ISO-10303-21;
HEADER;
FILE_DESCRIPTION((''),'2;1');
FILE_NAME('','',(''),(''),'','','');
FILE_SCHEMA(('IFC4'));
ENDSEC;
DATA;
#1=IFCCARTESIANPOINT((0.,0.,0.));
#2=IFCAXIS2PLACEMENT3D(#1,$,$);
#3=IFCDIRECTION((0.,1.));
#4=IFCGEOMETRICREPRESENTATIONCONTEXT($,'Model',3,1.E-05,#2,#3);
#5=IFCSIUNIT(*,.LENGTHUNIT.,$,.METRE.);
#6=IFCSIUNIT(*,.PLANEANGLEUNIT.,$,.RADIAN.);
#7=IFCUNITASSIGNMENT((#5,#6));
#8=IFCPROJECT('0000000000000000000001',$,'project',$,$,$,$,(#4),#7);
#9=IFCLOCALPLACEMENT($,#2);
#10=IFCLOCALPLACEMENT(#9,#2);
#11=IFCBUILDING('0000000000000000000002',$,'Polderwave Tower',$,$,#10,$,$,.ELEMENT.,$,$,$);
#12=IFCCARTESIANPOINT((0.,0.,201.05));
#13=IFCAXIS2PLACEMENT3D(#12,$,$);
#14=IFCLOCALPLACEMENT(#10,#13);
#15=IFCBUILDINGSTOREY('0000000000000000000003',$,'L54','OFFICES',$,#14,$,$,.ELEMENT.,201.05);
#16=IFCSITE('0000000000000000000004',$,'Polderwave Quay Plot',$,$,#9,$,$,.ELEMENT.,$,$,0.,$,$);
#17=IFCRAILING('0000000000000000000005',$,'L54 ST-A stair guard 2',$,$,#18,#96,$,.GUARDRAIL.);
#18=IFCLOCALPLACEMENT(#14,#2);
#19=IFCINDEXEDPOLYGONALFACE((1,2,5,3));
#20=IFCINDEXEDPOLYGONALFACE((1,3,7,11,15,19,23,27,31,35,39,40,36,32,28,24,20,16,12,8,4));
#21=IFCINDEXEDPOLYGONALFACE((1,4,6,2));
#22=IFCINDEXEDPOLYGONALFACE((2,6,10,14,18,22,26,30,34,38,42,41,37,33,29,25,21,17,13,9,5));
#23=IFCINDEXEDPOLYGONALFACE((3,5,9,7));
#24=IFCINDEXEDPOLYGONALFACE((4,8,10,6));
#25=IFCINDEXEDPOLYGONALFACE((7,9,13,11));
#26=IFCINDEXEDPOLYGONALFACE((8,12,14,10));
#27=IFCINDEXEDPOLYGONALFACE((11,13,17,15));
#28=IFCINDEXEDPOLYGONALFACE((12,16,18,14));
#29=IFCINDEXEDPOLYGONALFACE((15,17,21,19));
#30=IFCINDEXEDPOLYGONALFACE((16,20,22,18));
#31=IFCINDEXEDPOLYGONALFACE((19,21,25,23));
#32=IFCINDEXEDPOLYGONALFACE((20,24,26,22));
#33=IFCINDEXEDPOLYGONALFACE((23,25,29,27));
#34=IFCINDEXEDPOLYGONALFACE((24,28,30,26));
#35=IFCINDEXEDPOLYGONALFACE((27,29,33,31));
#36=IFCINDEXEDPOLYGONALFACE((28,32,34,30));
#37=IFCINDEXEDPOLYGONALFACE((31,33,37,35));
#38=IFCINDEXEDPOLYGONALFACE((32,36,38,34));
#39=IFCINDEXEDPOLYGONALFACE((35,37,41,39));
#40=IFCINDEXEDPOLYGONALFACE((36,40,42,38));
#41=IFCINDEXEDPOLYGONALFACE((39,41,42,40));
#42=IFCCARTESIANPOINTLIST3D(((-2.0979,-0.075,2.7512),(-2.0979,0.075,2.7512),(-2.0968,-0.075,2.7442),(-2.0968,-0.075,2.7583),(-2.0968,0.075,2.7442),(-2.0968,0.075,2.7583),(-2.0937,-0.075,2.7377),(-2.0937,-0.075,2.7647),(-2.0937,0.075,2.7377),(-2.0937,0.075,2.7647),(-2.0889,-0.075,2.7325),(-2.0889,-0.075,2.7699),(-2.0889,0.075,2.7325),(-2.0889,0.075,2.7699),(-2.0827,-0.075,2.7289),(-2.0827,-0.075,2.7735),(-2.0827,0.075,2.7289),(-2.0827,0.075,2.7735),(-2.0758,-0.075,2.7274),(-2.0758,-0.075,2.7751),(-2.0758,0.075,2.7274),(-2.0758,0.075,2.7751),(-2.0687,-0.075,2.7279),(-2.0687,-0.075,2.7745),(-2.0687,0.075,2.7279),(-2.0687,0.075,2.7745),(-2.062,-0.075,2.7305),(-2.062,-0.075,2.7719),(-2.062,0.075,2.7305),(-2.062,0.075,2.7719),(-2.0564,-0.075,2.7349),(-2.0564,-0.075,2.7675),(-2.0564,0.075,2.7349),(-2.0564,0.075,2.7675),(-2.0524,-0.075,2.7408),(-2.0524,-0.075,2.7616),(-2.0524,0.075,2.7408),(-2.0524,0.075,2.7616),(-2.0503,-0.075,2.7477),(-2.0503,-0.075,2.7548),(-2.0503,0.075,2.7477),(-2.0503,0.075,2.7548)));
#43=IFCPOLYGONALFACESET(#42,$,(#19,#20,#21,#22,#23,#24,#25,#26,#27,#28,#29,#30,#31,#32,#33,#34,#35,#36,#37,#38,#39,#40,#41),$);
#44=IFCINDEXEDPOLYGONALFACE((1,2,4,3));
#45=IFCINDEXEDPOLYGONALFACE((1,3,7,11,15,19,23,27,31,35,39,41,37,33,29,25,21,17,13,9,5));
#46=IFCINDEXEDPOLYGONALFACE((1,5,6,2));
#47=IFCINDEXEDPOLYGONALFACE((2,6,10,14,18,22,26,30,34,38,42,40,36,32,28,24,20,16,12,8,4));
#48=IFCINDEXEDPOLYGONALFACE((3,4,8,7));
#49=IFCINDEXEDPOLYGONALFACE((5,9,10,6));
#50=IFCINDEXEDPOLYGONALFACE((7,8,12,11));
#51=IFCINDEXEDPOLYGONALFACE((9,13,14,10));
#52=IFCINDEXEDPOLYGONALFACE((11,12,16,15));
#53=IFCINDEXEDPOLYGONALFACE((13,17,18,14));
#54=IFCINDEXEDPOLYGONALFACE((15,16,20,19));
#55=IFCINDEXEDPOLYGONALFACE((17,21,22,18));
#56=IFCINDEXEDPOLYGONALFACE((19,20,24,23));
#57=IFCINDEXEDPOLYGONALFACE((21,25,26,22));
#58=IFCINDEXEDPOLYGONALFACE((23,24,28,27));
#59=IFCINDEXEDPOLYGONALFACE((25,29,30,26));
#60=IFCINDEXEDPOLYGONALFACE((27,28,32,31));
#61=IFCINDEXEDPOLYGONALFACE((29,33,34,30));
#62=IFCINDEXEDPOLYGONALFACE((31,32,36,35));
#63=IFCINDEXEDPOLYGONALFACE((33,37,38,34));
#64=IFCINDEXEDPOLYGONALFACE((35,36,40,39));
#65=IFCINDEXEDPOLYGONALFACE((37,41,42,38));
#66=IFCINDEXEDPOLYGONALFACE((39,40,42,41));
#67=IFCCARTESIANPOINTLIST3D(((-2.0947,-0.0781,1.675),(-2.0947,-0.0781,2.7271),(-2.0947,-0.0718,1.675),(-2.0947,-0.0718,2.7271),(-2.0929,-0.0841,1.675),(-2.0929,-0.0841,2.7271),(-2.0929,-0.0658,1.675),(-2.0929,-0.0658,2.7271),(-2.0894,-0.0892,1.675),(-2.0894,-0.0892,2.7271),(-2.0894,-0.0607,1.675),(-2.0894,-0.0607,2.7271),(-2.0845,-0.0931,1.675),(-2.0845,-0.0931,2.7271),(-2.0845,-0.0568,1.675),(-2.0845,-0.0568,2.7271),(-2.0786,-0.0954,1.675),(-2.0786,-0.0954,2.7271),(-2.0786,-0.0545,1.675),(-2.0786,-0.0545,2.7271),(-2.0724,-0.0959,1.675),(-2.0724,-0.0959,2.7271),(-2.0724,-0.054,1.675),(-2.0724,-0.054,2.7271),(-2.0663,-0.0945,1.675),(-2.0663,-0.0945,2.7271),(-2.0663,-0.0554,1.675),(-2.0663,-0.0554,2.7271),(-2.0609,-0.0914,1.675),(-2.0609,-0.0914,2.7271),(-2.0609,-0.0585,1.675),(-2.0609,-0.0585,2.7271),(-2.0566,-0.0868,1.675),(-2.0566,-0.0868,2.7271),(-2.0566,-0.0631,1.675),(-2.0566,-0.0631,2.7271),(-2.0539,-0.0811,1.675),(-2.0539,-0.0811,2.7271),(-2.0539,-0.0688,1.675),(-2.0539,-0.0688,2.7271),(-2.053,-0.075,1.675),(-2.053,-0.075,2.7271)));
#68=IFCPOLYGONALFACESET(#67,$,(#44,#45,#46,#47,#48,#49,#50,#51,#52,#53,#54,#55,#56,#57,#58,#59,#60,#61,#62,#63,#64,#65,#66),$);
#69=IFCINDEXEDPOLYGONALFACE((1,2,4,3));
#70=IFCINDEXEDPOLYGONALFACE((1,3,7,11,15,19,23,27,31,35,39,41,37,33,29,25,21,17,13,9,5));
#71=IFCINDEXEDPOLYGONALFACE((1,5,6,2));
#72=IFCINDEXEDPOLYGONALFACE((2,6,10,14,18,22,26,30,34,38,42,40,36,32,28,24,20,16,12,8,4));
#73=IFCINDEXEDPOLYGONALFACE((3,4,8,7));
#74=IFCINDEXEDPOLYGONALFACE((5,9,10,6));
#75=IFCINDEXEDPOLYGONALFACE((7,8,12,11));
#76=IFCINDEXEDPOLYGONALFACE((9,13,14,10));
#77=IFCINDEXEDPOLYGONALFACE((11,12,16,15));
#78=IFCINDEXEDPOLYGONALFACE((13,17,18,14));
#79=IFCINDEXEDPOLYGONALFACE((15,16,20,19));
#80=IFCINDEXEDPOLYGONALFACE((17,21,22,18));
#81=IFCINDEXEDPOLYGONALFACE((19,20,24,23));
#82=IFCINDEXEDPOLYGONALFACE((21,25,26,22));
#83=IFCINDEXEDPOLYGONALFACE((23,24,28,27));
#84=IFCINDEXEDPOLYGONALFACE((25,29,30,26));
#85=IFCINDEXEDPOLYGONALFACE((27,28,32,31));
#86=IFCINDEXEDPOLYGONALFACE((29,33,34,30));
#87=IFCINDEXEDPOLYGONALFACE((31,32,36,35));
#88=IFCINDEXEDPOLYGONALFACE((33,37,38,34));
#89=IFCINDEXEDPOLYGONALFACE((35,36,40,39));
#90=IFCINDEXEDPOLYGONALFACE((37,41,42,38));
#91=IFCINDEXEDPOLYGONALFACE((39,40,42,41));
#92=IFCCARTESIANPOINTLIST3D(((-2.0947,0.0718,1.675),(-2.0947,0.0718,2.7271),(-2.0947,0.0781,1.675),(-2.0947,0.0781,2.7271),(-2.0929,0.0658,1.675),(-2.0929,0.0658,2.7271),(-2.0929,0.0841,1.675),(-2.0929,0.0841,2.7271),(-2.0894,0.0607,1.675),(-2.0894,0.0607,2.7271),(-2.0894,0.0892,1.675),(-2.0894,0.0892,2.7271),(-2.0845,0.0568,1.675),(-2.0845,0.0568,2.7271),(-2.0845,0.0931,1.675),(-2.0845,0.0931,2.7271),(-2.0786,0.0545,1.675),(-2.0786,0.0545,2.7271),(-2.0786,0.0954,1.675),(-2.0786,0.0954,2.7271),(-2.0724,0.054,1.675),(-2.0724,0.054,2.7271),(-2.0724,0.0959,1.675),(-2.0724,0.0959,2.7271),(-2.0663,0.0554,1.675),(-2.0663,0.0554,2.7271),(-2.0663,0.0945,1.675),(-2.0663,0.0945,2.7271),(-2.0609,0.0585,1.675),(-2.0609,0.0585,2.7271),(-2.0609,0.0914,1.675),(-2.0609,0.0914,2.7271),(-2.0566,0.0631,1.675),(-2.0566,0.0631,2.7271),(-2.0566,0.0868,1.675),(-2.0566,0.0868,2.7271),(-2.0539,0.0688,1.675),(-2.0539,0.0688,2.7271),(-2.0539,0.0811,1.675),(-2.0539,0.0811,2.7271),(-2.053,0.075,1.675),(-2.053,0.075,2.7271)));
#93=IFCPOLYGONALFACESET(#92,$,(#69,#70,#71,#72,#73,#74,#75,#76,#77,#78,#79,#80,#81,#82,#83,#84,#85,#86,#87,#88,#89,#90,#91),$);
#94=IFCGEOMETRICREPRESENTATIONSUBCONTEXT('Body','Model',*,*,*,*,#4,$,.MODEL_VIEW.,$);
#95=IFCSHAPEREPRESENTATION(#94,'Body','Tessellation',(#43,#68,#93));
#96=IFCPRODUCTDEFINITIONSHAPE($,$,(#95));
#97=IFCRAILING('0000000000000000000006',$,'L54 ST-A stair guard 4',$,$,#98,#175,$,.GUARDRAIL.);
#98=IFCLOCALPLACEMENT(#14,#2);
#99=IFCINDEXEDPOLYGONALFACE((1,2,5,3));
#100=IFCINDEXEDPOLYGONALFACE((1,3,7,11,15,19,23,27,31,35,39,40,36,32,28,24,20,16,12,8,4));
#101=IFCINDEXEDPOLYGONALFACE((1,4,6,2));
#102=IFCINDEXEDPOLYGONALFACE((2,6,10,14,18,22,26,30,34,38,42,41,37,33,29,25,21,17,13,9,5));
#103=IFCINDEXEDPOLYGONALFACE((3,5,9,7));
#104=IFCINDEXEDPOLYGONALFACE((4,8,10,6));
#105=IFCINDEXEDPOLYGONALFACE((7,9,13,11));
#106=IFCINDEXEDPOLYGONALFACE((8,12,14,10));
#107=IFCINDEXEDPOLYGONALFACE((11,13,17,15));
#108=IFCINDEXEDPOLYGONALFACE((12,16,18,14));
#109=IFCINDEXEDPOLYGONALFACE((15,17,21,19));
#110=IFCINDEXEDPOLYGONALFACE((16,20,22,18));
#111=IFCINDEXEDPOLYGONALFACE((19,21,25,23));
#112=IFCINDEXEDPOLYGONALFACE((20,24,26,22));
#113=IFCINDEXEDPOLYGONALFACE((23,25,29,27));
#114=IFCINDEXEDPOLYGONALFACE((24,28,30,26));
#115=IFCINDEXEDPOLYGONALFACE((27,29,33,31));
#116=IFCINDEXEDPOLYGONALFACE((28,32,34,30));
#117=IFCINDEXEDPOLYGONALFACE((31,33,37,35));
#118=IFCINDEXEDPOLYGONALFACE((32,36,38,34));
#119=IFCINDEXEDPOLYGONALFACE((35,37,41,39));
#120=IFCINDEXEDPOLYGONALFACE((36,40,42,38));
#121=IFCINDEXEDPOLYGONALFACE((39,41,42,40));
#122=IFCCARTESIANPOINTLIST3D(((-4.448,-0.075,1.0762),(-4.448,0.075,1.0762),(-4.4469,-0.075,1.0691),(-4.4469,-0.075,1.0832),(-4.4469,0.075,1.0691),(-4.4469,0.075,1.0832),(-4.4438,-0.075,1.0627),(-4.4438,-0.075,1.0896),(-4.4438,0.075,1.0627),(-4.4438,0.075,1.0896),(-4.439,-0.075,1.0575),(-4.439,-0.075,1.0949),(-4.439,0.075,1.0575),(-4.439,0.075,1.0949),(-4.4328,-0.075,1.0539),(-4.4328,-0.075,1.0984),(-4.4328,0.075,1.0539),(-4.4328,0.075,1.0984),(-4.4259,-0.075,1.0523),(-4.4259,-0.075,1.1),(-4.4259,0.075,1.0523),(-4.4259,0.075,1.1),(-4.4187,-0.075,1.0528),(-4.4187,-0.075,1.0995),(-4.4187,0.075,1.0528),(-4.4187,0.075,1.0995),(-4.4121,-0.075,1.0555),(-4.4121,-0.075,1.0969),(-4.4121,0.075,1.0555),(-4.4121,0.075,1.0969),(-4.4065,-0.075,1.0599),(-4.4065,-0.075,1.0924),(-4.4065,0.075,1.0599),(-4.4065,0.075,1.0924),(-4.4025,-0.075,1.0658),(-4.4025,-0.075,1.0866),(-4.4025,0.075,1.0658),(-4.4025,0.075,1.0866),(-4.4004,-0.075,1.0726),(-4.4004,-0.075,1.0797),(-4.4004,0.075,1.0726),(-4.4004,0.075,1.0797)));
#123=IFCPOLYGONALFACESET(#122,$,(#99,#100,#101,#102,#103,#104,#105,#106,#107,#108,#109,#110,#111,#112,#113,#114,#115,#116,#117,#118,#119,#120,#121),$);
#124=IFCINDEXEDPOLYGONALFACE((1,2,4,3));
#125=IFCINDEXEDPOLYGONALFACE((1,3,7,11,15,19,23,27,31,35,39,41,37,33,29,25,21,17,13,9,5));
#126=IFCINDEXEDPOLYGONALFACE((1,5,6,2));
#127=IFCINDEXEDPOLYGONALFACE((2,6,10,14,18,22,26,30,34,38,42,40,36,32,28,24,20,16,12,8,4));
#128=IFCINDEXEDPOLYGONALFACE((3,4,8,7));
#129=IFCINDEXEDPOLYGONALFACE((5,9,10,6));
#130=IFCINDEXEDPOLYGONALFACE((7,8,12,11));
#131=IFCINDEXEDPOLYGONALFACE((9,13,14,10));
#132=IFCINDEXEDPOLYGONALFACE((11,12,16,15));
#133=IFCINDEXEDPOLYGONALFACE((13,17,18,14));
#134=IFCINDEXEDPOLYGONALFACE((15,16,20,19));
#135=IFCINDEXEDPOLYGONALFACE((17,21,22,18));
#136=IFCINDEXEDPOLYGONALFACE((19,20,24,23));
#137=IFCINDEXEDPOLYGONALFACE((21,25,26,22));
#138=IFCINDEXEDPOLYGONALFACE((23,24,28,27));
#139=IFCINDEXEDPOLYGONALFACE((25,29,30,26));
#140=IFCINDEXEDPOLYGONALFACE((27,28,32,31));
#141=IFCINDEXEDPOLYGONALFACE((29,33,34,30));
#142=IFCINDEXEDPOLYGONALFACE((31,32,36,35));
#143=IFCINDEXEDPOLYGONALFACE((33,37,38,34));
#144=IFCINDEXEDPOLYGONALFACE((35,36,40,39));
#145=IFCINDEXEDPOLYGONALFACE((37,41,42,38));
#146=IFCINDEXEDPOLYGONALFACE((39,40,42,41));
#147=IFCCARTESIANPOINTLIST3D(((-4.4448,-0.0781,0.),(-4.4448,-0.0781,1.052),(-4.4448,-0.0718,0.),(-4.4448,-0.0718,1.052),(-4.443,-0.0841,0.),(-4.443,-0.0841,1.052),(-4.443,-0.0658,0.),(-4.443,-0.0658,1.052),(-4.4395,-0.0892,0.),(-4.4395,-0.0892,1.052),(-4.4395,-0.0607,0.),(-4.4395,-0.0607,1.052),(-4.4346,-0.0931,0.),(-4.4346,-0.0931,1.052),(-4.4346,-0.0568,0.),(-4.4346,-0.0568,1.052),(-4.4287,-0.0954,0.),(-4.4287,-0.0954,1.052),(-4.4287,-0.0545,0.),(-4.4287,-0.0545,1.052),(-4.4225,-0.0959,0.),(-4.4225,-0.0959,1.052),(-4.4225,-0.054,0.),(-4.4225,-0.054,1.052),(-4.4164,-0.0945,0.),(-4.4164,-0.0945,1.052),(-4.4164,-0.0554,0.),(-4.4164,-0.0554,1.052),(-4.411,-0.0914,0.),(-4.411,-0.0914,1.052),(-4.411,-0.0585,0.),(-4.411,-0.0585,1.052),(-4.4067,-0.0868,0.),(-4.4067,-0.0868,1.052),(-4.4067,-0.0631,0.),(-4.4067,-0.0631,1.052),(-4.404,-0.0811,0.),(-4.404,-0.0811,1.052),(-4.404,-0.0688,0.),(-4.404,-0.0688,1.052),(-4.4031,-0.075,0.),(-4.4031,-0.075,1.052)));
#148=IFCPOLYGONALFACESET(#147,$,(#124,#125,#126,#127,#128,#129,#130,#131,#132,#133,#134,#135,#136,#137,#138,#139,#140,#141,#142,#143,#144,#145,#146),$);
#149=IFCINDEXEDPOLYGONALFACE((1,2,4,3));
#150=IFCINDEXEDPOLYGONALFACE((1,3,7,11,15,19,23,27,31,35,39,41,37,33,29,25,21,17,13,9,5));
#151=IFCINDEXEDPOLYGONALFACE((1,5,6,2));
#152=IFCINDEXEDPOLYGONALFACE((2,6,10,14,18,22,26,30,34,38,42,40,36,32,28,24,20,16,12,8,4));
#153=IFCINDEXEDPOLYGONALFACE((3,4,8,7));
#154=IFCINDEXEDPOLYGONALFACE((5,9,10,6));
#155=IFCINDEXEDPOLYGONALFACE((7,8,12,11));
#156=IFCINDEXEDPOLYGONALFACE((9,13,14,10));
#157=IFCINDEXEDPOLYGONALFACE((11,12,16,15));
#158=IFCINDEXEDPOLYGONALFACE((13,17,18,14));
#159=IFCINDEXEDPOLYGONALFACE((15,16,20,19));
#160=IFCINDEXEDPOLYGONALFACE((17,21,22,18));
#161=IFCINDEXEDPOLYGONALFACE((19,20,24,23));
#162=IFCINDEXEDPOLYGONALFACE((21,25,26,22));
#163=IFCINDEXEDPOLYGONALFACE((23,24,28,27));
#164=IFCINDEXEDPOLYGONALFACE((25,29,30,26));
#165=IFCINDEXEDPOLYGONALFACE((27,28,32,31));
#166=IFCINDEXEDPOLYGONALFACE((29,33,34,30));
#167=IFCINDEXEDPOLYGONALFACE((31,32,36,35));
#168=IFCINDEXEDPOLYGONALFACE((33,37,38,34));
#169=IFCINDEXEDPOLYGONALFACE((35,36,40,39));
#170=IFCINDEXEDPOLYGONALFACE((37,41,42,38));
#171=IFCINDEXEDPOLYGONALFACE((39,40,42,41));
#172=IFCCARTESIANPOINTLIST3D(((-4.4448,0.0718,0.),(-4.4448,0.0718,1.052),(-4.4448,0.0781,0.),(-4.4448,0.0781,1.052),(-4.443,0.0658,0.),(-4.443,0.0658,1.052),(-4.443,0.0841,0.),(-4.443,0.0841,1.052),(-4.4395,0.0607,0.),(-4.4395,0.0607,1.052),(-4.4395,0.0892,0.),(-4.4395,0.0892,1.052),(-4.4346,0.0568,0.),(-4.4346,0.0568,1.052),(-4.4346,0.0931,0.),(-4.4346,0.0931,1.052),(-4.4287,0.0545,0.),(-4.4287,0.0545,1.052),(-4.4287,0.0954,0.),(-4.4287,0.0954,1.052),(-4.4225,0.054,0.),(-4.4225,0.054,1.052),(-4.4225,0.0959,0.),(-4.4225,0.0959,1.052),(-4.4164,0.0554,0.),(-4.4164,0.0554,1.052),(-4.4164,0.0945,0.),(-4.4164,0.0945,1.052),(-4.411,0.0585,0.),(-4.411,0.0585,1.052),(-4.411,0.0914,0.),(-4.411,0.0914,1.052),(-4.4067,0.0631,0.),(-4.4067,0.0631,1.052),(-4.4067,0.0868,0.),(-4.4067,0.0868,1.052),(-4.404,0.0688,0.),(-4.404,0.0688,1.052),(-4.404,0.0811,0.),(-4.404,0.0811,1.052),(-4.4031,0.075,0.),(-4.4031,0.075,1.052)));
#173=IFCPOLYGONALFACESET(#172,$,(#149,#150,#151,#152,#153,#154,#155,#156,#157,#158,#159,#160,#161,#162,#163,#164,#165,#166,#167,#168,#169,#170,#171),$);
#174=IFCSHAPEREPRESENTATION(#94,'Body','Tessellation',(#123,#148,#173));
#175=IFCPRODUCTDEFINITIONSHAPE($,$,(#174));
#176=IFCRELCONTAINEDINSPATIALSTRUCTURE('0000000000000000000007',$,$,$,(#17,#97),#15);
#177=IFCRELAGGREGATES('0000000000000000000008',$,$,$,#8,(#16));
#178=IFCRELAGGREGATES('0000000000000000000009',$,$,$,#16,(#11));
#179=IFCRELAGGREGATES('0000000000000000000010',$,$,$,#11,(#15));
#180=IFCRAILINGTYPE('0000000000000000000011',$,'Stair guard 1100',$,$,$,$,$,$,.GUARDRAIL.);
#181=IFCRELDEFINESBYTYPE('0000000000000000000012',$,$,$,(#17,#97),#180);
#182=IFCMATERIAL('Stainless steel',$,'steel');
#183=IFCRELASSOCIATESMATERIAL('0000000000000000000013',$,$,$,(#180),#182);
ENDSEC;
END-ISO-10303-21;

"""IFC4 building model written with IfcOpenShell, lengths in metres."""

from ifc_helpers import new_model, si_unit, direction, frame, origin, origin_2d, place, context, subcontext, project, spatial, circle, extrude, material, type_object, element, save


model = new_model("IFC4")

# Units and contexts
model_context = context("Model", 3, precision=1e-05, world=origin(), true_north=direction((0.0, 1.0)))
body_context = subcontext(model_context, "Body", "Model", "MODEL_VIEW")
ifc_project = project(units=[si_unit("LENGTHUNIT", "METRE"), si_unit("PLANEANGLEUNIT", "RADIAN")], contexts=[model_context])

# Site, building, storey
site_placement = place(None, origin())
site = spatial("IfcSite", under=ifc_project, at=site_placement, Name="Polderwave Quay Plot", CompositionType="ELEMENT", RefElevation=0.0)
building_placement = place(site_placement, origin())
building = spatial("IfcBuilding", under=site, at=building_placement, Name="Polderwave Tower", CompositionType="ELEMENT")
storey_placement = place(building_placement, frame((0.0, 0.0, 201.05)))
storey = spatial("IfcBuildingStorey", under=building, at=storey_placement, Name="L54", Description="OFFICES", CompositionType="ELEMENT", Elevation=201.05)

# Shared definitions
ifc_material_1 = material(Name="Stainless steel", Category="steel")

# Railings
railing_type_1 = type_object("IfcRailingType", Name="Stair guard 1100", PredefinedType="GUARDRAIL", material=ifc_material_1)
for number, where, name in (
    (1, (-2.074, -0.075, 1.675), "L54 ST-A stair guard 2"),
    (2, (-4.4241, -0.075, 0.0), "L54 ST-A stair guard 4"),
):
    element("IfcRailing", number, at=place(storey_placement, frame(where)), inside=storey, type_object=railing_type_1, Name=name, PredefinedType="GUARDRAIL", context=body_context, shape_type="SweptSolid", body=[
        extrude(circle(Radius=0.0239, at=origin_2d()), frame((0.0, 0.0, 1.0762), z_axis=(0.0, 1.0, 0.0), x_axis=(-1.0, 0.0, 0.0)), (0.0, 0.0, 1.0), 0.1499),
        extrude(circle(Radius=0.021, at=origin_2d()), origin(), (0.0, 0.0, 1.0), 1.052),
        extrude(circle(Radius=0.021, at=origin_2d()), frame((0.0, 0.1499, 0.0)), (0.0, 0.0, 1.0), 1.052),
    ])

save(model, "model.ifc")
